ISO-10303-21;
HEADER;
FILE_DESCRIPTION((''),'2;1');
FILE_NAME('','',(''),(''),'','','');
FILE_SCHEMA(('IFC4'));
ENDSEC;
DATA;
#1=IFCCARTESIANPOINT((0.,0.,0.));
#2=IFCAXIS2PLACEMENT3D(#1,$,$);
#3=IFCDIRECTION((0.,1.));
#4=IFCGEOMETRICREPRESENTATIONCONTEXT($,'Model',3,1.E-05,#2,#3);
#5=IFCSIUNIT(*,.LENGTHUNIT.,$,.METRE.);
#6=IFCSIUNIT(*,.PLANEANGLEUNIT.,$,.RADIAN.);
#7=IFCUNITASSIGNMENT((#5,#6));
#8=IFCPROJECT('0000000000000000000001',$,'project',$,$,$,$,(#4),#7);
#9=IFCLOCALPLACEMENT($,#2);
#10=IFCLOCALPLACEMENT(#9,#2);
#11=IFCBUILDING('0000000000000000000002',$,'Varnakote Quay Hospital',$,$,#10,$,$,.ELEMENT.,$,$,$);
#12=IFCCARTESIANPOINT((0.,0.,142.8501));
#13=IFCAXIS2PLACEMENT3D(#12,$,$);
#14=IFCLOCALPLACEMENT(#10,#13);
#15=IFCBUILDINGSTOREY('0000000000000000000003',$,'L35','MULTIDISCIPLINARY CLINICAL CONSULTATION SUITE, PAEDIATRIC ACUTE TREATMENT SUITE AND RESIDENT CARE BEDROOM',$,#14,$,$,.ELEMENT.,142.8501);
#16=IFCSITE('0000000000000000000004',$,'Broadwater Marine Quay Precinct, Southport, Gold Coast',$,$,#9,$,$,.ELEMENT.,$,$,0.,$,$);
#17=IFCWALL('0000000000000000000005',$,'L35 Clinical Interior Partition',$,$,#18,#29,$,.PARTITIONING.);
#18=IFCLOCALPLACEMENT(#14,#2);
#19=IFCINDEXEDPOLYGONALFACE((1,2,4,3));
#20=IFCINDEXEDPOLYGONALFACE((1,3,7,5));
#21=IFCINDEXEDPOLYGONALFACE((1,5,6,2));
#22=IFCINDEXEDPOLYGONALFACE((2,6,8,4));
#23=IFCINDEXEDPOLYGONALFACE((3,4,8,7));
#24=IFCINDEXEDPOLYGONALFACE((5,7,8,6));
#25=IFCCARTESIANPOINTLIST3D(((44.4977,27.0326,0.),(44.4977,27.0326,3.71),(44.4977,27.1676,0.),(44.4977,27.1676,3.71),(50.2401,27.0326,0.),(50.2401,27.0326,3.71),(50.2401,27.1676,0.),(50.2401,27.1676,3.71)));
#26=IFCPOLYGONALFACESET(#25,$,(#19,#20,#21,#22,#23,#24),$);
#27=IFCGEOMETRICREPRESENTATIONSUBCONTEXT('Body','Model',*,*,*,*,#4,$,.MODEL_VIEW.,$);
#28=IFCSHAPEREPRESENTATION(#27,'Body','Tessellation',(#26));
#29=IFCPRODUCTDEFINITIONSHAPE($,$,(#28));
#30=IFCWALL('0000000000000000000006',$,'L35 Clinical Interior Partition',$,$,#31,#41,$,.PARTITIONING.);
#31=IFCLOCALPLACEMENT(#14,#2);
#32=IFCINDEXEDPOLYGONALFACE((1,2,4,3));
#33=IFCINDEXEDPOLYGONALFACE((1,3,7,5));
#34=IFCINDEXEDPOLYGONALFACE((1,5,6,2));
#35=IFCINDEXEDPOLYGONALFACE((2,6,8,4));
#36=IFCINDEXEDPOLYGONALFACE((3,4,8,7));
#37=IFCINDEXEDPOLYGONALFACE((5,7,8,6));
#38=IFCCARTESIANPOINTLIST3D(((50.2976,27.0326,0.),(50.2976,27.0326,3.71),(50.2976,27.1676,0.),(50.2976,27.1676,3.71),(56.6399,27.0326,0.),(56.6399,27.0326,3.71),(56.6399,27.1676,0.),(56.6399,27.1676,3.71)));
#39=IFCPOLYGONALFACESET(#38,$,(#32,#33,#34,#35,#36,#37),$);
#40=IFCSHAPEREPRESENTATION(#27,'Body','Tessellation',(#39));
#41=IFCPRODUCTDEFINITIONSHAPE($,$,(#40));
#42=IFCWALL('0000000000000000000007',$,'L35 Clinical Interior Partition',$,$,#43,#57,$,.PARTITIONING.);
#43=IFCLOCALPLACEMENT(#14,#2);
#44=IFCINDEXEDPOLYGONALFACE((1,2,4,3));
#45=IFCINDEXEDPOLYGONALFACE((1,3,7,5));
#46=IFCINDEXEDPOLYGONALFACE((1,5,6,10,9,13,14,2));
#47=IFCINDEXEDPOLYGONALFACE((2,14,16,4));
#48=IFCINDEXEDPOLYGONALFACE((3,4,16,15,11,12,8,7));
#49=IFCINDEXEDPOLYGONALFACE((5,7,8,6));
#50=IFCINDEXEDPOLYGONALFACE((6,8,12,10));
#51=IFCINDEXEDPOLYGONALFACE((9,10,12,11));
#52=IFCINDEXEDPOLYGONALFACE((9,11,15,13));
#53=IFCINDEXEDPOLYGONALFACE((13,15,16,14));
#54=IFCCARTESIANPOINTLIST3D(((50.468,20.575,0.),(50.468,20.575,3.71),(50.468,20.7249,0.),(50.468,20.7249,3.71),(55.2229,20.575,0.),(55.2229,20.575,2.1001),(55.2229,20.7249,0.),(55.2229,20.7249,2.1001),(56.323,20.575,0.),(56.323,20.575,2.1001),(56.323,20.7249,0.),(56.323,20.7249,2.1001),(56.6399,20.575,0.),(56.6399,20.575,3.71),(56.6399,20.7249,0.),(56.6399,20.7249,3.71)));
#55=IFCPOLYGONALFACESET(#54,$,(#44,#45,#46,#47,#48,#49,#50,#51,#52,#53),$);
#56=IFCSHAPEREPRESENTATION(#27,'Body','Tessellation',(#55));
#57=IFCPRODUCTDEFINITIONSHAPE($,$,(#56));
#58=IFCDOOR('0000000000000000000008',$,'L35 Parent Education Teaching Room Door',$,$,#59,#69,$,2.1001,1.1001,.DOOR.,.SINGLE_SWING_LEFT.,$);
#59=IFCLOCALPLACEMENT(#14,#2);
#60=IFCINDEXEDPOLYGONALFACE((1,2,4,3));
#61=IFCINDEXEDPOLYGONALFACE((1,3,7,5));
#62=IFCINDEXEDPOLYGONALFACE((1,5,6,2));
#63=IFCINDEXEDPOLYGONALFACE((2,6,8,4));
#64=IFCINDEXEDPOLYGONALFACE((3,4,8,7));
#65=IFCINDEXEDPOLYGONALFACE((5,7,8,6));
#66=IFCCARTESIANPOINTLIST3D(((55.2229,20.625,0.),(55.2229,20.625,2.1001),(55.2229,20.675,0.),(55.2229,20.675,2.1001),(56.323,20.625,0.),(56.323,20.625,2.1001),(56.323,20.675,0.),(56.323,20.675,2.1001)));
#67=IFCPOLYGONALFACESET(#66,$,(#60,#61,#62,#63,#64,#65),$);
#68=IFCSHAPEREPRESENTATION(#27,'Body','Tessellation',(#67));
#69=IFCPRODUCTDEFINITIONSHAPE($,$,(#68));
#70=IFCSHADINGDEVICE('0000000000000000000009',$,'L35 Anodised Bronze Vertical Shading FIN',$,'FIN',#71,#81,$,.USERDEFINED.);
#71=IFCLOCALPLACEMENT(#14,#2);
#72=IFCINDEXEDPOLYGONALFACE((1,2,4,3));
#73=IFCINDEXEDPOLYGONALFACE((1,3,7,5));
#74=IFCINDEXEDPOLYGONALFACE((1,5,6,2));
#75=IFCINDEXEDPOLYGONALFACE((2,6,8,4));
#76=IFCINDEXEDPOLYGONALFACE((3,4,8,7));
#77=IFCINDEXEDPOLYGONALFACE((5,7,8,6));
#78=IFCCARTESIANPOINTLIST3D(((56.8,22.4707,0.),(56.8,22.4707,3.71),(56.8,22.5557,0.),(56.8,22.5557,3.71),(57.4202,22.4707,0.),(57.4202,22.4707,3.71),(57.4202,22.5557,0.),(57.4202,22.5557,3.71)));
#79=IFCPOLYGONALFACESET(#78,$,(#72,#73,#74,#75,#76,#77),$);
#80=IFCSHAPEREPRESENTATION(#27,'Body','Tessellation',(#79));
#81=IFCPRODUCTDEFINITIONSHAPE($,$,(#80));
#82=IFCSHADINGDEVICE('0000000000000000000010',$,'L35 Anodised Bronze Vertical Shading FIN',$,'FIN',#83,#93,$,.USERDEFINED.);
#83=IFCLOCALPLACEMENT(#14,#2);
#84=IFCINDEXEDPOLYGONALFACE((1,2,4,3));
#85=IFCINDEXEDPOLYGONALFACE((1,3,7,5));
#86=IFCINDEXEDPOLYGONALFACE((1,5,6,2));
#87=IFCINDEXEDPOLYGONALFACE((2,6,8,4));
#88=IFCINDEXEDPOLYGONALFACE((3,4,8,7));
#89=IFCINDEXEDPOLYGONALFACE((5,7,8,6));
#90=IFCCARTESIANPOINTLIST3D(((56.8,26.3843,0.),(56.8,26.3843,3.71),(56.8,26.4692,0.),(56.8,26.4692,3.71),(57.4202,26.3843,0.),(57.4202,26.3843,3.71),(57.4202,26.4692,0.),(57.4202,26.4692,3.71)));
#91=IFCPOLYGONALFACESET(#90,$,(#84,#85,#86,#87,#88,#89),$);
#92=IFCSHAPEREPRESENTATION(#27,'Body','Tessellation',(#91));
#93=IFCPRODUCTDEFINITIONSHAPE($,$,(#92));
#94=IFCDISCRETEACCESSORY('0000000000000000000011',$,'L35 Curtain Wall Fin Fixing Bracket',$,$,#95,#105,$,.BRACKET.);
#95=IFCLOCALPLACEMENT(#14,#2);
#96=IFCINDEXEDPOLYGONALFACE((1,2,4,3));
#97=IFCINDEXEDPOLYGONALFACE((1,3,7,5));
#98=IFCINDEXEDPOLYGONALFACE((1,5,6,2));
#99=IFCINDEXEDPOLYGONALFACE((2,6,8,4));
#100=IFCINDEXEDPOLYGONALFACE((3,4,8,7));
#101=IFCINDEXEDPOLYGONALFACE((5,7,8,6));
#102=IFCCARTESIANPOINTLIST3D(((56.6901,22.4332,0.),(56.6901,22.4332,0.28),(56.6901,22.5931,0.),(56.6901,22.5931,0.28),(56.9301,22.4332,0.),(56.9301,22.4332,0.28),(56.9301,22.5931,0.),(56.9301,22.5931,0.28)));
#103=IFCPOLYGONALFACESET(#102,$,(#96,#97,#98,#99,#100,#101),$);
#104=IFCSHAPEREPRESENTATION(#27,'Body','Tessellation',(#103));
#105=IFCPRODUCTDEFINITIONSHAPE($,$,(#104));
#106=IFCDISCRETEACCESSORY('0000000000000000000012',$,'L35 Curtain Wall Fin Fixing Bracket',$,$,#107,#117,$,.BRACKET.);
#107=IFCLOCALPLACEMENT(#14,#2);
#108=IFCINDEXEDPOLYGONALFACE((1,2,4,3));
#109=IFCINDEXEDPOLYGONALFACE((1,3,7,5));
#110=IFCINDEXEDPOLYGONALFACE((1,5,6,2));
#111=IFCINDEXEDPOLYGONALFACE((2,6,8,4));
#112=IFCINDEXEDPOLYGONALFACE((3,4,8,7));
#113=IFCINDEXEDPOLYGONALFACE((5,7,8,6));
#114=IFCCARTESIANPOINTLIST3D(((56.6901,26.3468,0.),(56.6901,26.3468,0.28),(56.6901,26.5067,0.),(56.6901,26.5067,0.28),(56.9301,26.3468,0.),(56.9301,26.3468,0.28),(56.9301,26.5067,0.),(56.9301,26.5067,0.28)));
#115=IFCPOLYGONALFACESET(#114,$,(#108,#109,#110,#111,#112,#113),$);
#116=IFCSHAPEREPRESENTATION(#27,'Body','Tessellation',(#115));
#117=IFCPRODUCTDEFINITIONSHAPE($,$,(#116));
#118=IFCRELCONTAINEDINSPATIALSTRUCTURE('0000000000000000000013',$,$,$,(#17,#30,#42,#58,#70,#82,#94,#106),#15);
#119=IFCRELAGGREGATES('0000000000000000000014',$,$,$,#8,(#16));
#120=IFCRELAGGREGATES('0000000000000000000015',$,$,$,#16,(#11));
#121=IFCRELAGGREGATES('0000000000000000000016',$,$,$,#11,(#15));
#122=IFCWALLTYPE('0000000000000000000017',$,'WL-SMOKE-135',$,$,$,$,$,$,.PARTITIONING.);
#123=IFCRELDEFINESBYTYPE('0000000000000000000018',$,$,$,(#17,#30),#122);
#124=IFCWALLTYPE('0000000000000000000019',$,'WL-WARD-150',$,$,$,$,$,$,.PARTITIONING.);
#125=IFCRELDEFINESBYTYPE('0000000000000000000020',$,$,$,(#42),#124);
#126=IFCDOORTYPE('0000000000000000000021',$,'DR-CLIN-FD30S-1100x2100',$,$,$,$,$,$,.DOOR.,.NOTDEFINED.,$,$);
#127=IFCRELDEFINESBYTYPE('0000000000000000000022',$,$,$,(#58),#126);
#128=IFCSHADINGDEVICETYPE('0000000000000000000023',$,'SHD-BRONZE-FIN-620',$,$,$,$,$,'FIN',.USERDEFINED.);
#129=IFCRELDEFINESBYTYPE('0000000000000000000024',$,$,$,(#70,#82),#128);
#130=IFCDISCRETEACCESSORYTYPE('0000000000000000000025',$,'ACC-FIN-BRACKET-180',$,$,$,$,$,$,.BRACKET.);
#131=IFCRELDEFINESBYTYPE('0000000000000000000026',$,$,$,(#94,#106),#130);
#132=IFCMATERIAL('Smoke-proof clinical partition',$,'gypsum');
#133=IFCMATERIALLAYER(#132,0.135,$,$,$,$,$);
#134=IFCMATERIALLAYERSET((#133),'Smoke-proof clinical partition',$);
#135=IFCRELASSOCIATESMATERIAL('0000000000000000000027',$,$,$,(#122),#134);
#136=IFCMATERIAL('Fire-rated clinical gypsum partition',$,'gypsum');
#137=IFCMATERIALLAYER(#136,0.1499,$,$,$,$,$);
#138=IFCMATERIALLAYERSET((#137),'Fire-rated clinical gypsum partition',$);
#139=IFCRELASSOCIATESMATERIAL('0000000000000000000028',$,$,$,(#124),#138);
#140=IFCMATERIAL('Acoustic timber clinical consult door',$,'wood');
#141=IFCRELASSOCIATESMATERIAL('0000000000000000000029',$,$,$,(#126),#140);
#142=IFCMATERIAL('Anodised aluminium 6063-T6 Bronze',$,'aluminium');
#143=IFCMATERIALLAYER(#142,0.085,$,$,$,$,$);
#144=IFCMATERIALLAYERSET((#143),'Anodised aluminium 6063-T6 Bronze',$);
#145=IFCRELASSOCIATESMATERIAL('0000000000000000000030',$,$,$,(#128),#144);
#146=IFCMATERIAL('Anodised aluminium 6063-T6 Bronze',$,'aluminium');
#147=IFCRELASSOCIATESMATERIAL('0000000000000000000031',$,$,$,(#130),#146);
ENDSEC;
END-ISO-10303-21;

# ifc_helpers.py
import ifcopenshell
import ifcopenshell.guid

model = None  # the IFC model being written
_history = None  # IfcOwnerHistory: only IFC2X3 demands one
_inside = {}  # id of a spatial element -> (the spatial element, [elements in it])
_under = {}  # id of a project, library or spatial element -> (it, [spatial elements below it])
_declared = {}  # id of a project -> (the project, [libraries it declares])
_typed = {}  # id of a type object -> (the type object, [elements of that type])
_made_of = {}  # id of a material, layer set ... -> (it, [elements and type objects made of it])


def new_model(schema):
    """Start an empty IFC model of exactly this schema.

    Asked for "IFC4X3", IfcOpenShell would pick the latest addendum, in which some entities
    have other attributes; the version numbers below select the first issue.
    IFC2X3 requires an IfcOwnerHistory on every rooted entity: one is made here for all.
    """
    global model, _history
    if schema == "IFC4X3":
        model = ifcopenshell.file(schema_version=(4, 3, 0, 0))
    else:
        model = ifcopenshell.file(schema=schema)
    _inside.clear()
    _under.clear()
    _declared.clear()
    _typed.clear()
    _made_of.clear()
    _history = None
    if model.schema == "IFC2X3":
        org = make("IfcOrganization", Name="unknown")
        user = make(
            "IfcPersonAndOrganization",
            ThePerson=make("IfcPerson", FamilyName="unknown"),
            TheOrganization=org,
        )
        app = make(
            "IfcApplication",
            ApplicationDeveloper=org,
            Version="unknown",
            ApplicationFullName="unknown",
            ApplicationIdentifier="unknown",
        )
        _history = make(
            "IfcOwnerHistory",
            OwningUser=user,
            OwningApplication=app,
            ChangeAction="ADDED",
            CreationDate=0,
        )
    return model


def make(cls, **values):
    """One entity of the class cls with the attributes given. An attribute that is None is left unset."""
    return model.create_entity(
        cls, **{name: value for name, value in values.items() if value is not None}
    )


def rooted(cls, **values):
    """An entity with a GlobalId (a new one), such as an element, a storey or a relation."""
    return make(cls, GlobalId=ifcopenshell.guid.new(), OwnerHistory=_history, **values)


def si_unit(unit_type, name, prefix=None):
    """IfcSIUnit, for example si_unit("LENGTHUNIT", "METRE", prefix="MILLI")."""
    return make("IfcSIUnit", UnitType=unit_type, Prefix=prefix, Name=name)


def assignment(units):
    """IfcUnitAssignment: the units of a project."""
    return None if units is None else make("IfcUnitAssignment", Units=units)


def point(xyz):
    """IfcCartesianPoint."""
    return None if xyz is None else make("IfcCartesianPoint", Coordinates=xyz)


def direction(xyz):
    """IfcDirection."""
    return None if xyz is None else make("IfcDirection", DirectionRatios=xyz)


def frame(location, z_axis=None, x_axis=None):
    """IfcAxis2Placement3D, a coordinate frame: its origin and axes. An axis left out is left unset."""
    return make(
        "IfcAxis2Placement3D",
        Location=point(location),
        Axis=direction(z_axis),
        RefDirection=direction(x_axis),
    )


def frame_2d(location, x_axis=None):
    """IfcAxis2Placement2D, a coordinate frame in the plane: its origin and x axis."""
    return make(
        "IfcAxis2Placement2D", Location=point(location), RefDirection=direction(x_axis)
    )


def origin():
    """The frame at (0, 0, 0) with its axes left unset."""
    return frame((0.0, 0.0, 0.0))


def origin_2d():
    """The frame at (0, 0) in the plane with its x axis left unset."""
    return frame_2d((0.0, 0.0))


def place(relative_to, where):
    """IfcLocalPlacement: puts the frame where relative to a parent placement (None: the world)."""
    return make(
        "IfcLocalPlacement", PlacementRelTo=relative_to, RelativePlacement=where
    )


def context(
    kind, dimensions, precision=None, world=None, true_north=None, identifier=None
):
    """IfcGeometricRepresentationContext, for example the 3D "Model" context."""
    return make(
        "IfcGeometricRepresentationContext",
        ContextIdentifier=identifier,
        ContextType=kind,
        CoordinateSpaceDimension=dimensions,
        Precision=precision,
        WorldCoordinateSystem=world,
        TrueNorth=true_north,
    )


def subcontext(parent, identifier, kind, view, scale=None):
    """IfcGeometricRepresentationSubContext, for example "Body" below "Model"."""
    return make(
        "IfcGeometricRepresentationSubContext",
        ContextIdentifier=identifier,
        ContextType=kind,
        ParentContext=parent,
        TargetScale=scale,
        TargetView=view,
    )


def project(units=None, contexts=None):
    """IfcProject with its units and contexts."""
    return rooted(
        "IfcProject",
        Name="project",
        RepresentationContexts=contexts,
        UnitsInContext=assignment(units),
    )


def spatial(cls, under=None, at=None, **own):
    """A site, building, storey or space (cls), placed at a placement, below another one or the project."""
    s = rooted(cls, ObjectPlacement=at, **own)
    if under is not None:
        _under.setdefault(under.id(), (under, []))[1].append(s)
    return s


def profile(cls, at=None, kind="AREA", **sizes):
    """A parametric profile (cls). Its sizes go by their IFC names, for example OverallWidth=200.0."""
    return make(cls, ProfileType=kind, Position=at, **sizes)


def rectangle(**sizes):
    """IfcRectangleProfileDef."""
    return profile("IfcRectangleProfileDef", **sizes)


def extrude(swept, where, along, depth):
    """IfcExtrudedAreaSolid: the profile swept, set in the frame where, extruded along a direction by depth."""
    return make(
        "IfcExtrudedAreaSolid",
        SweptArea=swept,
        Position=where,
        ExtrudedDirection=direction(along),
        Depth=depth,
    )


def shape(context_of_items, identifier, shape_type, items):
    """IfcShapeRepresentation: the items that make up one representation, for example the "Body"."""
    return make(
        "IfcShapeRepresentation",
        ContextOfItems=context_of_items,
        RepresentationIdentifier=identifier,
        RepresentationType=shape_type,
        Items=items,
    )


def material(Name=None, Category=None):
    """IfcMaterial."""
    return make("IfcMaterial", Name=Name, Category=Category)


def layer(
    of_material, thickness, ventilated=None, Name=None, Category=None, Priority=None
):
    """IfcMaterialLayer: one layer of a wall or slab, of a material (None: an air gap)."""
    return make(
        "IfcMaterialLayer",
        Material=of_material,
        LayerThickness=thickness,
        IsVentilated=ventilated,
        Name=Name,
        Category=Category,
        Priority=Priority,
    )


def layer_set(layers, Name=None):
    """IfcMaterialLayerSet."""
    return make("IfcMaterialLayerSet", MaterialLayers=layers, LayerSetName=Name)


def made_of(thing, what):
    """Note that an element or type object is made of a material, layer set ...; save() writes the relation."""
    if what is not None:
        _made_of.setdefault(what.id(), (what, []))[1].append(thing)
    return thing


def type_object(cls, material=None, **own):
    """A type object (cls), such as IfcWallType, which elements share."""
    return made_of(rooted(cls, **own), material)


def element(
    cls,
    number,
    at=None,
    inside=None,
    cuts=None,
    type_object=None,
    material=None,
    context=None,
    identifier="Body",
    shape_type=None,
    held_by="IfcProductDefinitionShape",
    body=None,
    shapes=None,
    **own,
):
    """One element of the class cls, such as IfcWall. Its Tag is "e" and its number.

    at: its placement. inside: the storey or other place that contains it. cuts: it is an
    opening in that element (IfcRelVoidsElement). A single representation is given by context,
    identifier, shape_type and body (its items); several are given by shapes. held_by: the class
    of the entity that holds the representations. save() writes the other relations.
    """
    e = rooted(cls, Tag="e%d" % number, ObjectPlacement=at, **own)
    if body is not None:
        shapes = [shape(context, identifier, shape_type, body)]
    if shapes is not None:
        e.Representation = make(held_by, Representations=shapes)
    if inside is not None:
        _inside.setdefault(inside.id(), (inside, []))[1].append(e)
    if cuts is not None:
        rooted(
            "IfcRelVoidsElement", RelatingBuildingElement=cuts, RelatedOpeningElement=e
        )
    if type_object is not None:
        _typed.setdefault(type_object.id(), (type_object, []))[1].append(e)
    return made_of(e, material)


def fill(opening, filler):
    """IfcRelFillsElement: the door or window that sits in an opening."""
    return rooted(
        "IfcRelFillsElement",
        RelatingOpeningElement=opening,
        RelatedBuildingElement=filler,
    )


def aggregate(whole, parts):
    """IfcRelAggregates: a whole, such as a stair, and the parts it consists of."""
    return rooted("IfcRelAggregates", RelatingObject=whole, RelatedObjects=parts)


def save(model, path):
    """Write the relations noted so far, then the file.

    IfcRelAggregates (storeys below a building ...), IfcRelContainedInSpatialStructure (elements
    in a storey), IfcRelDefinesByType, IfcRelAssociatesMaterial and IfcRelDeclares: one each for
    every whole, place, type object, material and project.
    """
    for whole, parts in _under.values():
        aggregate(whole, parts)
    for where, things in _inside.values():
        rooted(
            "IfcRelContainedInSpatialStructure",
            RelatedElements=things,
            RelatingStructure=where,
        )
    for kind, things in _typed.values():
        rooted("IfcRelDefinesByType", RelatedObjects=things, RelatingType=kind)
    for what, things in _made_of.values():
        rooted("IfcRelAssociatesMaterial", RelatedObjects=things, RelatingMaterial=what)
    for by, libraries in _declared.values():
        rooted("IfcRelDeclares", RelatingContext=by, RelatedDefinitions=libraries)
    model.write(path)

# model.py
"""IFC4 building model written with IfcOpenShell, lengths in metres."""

from ifc_helpers import new_model, si_unit, direction, frame, frame_2d, origin, origin_2d, place, context, subcontext, project, spatial, rectangle, extrude, material, layer, layer_set, type_object, element, fill, save


model = new_model("IFC4")

# Units and contexts
model_context = context("Model", 3, precision=1e-05, world=origin(), true_north=direction((0.0, 1.0)))
body_context = subcontext(model_context, "Body", "Model", "MODEL_VIEW")
ifc_project = project(units=[si_unit("LENGTHUNIT", "METRE"), si_unit("PLANEANGLEUNIT", "RADIAN")], contexts=[model_context])

# Site, building, storey
site_placement = place(None, origin())
site = spatial("IfcSite", under=ifc_project, at=site_placement, Name="Broadwater Marine Quay Precinct, Southport, Gold Coast", CompositionType="ELEMENT", RefElevation=0.0)
building_placement = place(site_placement, origin())
building = spatial("IfcBuilding", under=site, at=building_placement, Name="Varnakote Quay Hospital", CompositionType="ELEMENT")
storey_placement = place(building_placement, frame((0.0, 0.0, 142.8501)))
storey = spatial("IfcBuildingStorey", under=building, at=storey_placement, Name="L35", Description="MULTIDISCIPLINARY CLINICAL CONSULTATION SUITE, PAEDIATRIC ACUTE TREATMENT SUITE AND RESIDENT CARE BEDROOM", CompositionType="ELEMENT", Elevation=142.8501)

# Walls
ifc_material_1 = material(Name="Smoke-proof clinical partition", Category="gypsum")
ifc_layer_1 = layer(ifc_material_1, 0.135)
ifc_layer_set_1 = layer_set([ifc_layer_1], Name="Smoke-proof clinical partition")
wall_type_1 = type_object("IfcWallType", Name="WL-SMOKE-135", PredefinedType="PARTITIONING", material=ifc_layer_set_1)
wall_1_placement = place(storey_placement, frame((50.24, 27.1001, 0.0), z_axis=(0.0, 0.0, 1.0), x_axis=(-1.0, 0.0, 0.0)))
element("IfcWall", 1, at=wall_1_placement, inside=storey, type_object=wall_type_1, Name="L35 Clinical Interior Partition", PredefinedType="PARTITIONING", context=body_context, shape_type="SweptSolid", body=[
    extrude(rectangle(XDim=5.7424, YDim=0.135, at=frame_2d((2.8711, 0.0))), origin(), (0.0, 0.0, 1.0), 3.71),
])
wall_2_placement = place(storey_placement, frame((56.6399, 27.1001, 0.0), z_axis=(0.0, 0.0, 1.0), x_axis=(-1.0, 0.0, 0.0)))
element("IfcWall", 2, at=wall_2_placement, inside=storey, type_object=wall_type_1, Name="L35 Clinical Interior Partition", PredefinedType="PARTITIONING", context=body_context, shape_type="SweptSolid", body=[
    extrude(rectangle(XDim=6.3423, YDim=0.135, at=frame_2d((3.1711, 0.0))), origin(), (0.0, 0.0, 1.0), 3.71),
])

# Wall, opening, door
ifc_material_2 = material(Name="Fire-rated clinical gypsum partition", Category="gypsum")
ifc_layer_2 = layer(ifc_material_2, 0.1499)
ifc_layer_set_2 = layer_set([ifc_layer_2], Name="Fire-rated clinical gypsum partition")
wall_type_2 = type_object("IfcWallType", Name="WL-WARD-150", PredefinedType="PARTITIONING", material=ifc_layer_set_2)
wall_3_placement = place(storey_placement, frame((56.6399, 20.6499, 0.0), z_axis=(0.0, 0.0, 1.0), x_axis=(-1.0, 0.0, 0.0)))
wall_3 = element("IfcWall", 3, at=wall_3_placement, inside=storey, type_object=wall_type_2, Name="L35 Clinical Interior Partition", PredefinedType="PARTITIONING", context=body_context, shape_type="SweptSolid", body=[
    extrude(rectangle(XDim=6.1719, YDim=0.1499, at=frame_2d((3.0859, 0.0))), origin(), (0.0, 0.0, 1.0), 3.71),
])
opening_1_placement = place(wall_3_placement, frame((0.3169, 0.0, 0.0)))
opening_1 = element("IfcOpeningElement", 4, at=opening_1_placement, cuts=wall_3, PredefinedType="OPENING", context=body_context, shape_type="SweptSolid", body=[
    extrude(rectangle(XDim=1.1001, YDim=2.1001, at=frame_2d((0.55, 1.05))), frame((0.0, 0.085, 0.0), z_axis=(0.0, -1.0, 0.0), x_axis=(1.0, 0.0, 0.0)), (0.0, 0.0, 1.0), 0.1699),
])
ifc_material_3 = material(Name="Acoustic timber clinical consult door", Category="wood")
door_type_1 = type_object("IfcDoorType", Name="DR-CLIN-FD30S-1100x2100", OperationType="NOTDEFINED", PredefinedType="DOOR", material=ifc_material_3)
door_1_placement = place(opening_1_placement, origin())
door_1 = element("IfcDoor", 5, at=door_1_placement, inside=storey, type_object=door_type_1, Name="L35 Parent Education Teaching Room Door", OperationType="SINGLE_SWING_LEFT", OverallHeight=2.1001, OverallWidth=1.1001, PredefinedType="DOOR", context=body_context, shape_type="SweptSolid", body=[
    extrude(rectangle(XDim=1.1001, YDim=2.1001, at=frame_2d((0.55, 1.05))), frame((0.0, 0.0249, 0.0), z_axis=(0.0, -1.0, 0.0), x_axis=(1.0, 0.0, 0.0)), (0.0, 0.0, 1.0), 0.05),
])
fill(opening_1, door_1)

# Shading devices
ifc_material_4 = material(Name="Anodised aluminium 6063-T6 Bronze", Category="aluminium")
ifc_layer_3 = layer(ifc_material_4, 0.085)
ifc_layer_set_3 = layer_set([ifc_layer_3], Name="Anodised aluminium 6063-T6 Bronze")
shading_device_type = type_object("IfcShadingDeviceType", Name="SHD-BRONZE-FIN-620", ElementType="FIN", PredefinedType="USERDEFINED", material=ifc_layer_set_3)
for number, where, z_axis, x_axis, name in (
    (6, (57.1101, 22.5132, 0.0), (0.0, 0.0, 1.0), (-1.0, 0.0, 0.0), "L35 Anodised Bronze Vertical Shading FIN"),
    (7, (57.1101, 26.4268, 0.0), (0.0, 0.0, 1.0), (-1.0, 0.0, 0.0), "L35 Anodised Bronze Vertical Shading FIN"),
):
    element("IfcShadingDevice", number, at=place(storey_placement, frame(where, z_axis=z_axis, x_axis=x_axis)), inside=storey, type_object=shading_device_type, Name=name, ObjectType="FIN", PredefinedType="USERDEFINED", context=body_context, shape_type="SweptSolid", body=[
        extrude(rectangle(XDim=0.6201, YDim=0.085, at=origin_2d()), origin(), (0.0, 0.0, 1.0), 3.71),
    ])

# Discrete accessories
ifc_material_5 = material(Name="Anodised aluminium 6063-T6 Bronze", Category="aluminium")
discrete_accessory_type = type_object("IfcDiscreteAccessoryType", Name="ACC-FIN-BRACKET-180", PredefinedType="BRACKET", material=ifc_material_5)
for number, where, z_axis, x_axis, name in (
    (8, (56.8101, 22.5132, 0.0), (0.0, 0.0, 1.0), (0.0, 1.0, 0.0), "L35 Curtain Wall Fin Fixing Bracket"),
    (9, (56.8101, 26.4268, 0.0), (0.0, 0.0, 1.0), (0.0, 1.0, 0.0), "L35 Curtain Wall Fin Fixing Bracket"),
):
    element("IfcDiscreteAccessory", number, at=place(storey_placement, frame(where, z_axis=z_axis, x_axis=x_axis)), inside=storey, type_object=discrete_accessory_type, Name=name, PredefinedType="BRACKET", context=body_context, shape_type="SweptSolid", body=[
        extrude(rectangle(XDim=0.1599, YDim=0.24, at=origin_2d()), origin(), (0.0, 0.0, 1.0), 0.28),
    ])

save(model, "model.ifc")
